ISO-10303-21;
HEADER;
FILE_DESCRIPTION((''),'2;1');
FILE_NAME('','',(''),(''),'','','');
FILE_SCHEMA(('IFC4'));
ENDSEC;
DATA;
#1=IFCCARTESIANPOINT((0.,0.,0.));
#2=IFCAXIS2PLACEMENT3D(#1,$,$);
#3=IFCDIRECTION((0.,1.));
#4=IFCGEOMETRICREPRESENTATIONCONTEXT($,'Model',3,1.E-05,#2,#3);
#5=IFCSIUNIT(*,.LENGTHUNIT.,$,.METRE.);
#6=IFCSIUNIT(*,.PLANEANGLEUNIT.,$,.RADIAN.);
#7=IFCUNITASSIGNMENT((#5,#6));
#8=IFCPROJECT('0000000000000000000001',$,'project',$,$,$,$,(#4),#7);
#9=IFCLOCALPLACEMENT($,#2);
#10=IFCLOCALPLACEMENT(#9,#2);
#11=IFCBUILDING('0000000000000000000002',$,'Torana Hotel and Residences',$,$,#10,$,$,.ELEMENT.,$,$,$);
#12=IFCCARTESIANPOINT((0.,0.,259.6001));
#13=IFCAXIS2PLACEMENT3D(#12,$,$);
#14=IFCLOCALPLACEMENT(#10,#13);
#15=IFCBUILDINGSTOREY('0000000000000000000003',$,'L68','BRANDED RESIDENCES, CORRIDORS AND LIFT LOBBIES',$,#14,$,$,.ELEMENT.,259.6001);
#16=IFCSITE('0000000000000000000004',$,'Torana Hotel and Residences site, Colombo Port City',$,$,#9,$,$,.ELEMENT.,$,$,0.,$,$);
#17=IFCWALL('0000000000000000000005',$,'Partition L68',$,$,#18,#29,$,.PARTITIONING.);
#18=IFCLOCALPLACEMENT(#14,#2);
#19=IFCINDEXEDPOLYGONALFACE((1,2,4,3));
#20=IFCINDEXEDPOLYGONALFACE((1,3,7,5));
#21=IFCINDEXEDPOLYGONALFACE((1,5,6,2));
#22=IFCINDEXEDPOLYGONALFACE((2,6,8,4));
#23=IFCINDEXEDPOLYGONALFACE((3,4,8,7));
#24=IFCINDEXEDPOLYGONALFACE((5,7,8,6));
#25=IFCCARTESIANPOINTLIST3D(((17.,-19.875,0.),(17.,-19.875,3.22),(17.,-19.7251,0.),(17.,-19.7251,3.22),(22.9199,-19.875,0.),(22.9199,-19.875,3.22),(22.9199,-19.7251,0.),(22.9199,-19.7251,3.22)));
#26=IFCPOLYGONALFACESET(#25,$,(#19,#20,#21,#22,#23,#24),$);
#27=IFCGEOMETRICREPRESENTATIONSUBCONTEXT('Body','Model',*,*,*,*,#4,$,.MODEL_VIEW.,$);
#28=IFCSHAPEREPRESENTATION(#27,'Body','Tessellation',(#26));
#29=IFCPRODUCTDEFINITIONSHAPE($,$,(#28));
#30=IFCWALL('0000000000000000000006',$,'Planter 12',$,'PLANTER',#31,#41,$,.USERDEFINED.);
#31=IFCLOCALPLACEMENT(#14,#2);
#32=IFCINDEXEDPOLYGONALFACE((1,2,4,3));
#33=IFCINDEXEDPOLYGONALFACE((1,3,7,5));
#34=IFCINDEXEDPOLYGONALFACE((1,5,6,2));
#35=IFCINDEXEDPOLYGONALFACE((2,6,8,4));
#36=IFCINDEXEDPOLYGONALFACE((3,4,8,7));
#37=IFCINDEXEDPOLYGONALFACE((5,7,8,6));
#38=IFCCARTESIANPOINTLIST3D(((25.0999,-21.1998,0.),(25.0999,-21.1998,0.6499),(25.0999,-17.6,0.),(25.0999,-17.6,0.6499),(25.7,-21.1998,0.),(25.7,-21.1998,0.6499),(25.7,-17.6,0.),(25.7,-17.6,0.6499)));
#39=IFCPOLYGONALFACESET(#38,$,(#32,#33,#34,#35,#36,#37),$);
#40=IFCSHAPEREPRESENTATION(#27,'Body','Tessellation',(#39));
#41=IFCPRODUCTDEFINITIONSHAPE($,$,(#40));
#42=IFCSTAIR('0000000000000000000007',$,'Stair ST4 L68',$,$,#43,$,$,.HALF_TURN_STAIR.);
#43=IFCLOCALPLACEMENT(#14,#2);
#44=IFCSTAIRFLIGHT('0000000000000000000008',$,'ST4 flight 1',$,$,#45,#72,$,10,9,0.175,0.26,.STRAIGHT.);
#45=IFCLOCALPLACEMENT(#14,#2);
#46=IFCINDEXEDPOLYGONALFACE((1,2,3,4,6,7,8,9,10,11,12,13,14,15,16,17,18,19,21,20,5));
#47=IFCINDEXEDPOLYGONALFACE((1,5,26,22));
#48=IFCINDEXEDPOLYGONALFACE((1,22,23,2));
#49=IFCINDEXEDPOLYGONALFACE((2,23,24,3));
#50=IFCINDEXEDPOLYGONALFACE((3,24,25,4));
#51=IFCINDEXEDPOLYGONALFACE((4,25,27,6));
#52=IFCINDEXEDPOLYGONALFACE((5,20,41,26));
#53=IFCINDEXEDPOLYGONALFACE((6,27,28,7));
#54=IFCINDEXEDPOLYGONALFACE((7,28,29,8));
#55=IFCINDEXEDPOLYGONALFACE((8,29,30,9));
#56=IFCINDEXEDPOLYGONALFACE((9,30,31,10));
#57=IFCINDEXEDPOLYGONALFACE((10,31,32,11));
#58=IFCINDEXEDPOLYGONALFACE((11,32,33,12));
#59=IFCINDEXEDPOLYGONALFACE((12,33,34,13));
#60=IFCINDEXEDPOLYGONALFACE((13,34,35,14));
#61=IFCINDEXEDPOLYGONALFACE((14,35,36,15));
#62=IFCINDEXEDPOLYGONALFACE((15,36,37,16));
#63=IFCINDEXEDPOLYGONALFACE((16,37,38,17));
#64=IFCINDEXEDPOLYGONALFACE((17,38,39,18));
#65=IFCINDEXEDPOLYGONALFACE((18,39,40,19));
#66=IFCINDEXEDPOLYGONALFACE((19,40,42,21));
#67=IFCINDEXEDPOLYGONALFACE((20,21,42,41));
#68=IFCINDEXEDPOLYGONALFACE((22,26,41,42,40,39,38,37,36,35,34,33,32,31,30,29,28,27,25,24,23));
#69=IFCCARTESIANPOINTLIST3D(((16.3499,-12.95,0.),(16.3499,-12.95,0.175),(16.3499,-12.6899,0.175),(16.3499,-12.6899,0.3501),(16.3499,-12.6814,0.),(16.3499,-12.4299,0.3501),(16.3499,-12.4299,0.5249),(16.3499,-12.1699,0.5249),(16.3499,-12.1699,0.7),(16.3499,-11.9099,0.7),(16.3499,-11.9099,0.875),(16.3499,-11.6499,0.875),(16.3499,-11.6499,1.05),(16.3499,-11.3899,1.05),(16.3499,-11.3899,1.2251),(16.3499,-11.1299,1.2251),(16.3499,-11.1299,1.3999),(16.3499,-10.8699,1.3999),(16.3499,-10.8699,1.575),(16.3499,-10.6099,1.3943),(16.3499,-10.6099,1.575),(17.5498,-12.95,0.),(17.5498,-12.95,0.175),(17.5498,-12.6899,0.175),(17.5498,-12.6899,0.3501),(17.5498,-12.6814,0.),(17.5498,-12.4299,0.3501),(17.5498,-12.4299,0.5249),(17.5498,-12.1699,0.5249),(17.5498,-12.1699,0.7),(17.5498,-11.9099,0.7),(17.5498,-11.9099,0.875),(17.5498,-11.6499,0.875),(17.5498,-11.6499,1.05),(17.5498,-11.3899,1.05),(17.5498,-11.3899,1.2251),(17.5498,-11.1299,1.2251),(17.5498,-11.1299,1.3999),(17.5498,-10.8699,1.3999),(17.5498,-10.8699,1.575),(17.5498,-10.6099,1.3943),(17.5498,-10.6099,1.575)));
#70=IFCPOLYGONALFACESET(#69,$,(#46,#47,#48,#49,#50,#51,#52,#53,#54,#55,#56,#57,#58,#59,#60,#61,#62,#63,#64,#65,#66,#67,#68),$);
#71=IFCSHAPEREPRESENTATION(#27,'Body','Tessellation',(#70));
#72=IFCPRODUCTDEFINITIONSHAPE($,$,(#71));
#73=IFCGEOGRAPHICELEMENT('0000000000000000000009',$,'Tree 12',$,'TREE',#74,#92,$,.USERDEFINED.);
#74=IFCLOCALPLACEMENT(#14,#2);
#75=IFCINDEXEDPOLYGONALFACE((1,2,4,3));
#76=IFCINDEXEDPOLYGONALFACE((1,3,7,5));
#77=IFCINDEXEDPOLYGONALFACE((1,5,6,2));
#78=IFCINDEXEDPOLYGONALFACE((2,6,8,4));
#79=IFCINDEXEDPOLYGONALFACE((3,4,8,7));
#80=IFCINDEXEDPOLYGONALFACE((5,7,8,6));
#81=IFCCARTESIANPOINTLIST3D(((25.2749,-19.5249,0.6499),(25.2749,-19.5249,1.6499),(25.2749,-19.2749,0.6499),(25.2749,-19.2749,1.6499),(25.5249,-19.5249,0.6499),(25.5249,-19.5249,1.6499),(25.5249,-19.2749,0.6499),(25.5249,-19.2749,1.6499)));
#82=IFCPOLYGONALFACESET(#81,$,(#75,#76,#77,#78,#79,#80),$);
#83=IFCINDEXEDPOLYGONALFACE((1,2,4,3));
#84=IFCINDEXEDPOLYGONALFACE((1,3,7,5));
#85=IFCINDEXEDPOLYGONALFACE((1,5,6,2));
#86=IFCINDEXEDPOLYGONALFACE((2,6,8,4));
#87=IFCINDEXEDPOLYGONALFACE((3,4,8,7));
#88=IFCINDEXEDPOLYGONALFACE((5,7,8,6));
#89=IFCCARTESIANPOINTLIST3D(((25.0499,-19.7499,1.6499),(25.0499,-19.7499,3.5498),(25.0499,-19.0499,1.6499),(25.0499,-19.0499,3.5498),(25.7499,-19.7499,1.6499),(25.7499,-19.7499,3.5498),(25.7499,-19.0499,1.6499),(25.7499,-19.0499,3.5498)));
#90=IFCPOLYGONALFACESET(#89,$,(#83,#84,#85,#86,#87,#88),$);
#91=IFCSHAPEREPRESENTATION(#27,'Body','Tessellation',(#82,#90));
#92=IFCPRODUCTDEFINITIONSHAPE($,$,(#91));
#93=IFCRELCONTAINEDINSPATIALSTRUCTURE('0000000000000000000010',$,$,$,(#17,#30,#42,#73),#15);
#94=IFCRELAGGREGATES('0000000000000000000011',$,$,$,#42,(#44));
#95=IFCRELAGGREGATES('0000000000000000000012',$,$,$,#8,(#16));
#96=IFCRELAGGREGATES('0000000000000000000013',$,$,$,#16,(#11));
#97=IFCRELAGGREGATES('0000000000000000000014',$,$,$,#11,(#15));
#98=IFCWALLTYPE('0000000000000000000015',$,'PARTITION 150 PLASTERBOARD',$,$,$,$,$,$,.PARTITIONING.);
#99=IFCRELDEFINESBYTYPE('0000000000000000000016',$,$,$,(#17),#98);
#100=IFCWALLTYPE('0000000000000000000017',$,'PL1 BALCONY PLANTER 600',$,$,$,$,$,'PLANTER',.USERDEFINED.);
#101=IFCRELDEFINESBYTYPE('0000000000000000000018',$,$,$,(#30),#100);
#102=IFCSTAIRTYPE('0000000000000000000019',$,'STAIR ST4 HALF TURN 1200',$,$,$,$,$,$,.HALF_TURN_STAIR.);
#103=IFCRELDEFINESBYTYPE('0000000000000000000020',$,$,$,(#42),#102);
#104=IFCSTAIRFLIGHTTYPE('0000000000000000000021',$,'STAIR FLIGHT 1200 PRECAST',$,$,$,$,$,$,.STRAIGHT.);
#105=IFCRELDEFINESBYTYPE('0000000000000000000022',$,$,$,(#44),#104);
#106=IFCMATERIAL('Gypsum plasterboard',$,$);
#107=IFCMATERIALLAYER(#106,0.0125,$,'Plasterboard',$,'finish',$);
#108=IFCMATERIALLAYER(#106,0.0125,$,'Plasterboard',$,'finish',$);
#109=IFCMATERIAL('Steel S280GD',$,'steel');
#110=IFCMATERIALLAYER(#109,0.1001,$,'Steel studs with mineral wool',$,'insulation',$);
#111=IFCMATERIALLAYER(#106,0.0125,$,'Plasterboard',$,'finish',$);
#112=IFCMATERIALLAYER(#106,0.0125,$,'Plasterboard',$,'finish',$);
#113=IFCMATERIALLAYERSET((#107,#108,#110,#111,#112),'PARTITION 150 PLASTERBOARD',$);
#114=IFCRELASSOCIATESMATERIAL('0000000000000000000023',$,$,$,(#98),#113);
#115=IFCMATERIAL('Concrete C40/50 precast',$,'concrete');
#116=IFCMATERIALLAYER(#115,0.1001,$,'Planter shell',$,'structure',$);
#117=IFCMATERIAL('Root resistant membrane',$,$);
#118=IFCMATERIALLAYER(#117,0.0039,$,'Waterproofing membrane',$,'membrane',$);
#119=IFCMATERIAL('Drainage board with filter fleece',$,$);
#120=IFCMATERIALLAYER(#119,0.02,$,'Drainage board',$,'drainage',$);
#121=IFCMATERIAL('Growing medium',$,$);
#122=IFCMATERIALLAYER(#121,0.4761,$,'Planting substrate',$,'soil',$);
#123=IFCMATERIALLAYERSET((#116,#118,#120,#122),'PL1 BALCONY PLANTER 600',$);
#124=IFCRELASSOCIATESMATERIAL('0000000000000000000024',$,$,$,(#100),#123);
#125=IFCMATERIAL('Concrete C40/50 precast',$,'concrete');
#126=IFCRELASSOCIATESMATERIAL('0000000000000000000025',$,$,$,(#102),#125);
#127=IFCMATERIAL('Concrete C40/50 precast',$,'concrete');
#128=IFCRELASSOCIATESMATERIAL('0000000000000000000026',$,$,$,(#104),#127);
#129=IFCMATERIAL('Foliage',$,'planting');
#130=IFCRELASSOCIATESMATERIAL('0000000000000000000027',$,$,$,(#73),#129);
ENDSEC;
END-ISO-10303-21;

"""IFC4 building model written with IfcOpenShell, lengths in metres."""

from ifc_helpers import new_model, si_unit, direction, frame, frame_2d, origin, origin_2d, place, context, subcontext, project, spatial, polyline, rectangle, outline, extrude, material, layer, layer_set, type_object, element, aggregate, save


model = new_model("IFC4")

# Units and contexts
model_context = context("Model", 3, precision=1e-05, world=origin(), true_north=direction((0.0, 1.0)))
body_context = subcontext(model_context, "Body", "Model", "MODEL_VIEW")
ifc_project = project(units=[si_unit("LENGTHUNIT", "METRE"), si_unit("PLANEANGLEUNIT", "RADIAN")], contexts=[model_context])

# Site, building, storey
site_placement = place(None, origin())
site = spatial("IfcSite", under=ifc_project, at=site_placement, Name="Torana Hotel and Residences site, Colombo Port City", CompositionType="ELEMENT", RefElevation=0.0)
building_placement = place(site_placement, origin())
building = spatial("IfcBuilding", under=site, at=building_placement, Name="Torana Hotel and Residences", CompositionType="ELEMENT")
storey_placement = place(building_placement, frame((0.0, 0.0, 259.6001)))
storey = spatial("IfcBuildingStorey", under=building, at=storey_placement, Name="L68", Description="BRANDED RESIDENCES, CORRIDORS AND LIFT LOBBIES", CompositionType="ELEMENT", Elevation=259.6001)

# Walls
ifc_material_1 = material(Name="Gypsum plasterboard")
ifc_layer_1 = layer(ifc_material_1, 0.0125, Name="Plasterboard", Category="finish")
ifc_layer_2 = layer(ifc_material_1, 0.0125, Name="Plasterboard", Category="finish")
ifc_material_2 = material(Name="Steel S280GD", Category="steel")
ifc_layer_3 = layer(ifc_material_2, 0.1001, Name="Steel studs with mineral wool", Category="insulation")
ifc_layer_4 = layer(ifc_material_1, 0.0125, Name="Plasterboard", Category="finish")
ifc_layer_5 = layer(ifc_material_1, 0.0125, Name="Plasterboard", Category="finish")
ifc_layer_set_1 = layer_set([ifc_layer_1, ifc_layer_2, ifc_layer_3, ifc_layer_4, ifc_layer_5], Name="PARTITION 150 PLASTERBOARD")
wall_type_1 = type_object("IfcWallType", Name="PARTITION 150 PLASTERBOARD", PredefinedType="PARTITIONING", material=ifc_layer_set_1)
wall_1_placement = place(storey_placement, frame((17.0, -19.8, 0.0), z_axis=(0.0, 0.0, 1.0), x_axis=(1.0, 0.0, 0.0)))
element("IfcWall", 1, at=wall_1_placement, inside=storey, type_object=wall_type_1, Name="Partition L68", PredefinedType="PARTITIONING", context=body_context, shape_type="SweptSolid", body=[
    extrude(rectangle(XDim=5.9199, YDim=0.1499, at=frame_2d((2.96, 0.0))), origin(), (0.0, 0.0, 1.0), 3.22),
])
ifc_material_3 = material(Name="Concrete C40/50 precast", Category="concrete")
ifc_layer_6 = layer(ifc_material_3, 0.1001, Name="Planter shell", Category="structure")
ifc_material_4 = material(Name="Root resistant membrane")
ifc_layer_7 = layer(ifc_material_4, 0.0039, Name="Waterproofing membrane", Category="membrane")
ifc_material_5 = material(Name="Drainage board with filter fleece")
ifc_layer_8 = layer(ifc_material_5, 0.02, Name="Drainage board", Category="drainage")
ifc_material_6 = material(Name="Growing medium")
ifc_layer_9 = layer(ifc_material_6, 0.4761, Name="Planting substrate", Category="soil")
ifc_layer_set_2 = layer_set([ifc_layer_6, ifc_layer_7, ifc_layer_8, ifc_layer_9], Name="PL1 BALCONY PLANTER 600")
wall_type_2 = type_object("IfcWallType", Name="PL1 BALCONY PLANTER 600", ElementType="PLANTER", PredefinedType="USERDEFINED", material=ifc_layer_set_2)
wall_2_placement = place(storey_placement, frame((25.3999, -17.6001, 0.0), z_axis=(0.0, 0.0, 1.0), x_axis=(0.0, -1.0, 0.0)))
element("IfcWall", 2, at=wall_2_placement, inside=storey, type_object=wall_type_2, Name="Planter 12", ObjectType="PLANTER", PredefinedType="USERDEFINED", context=body_context, shape_type="SweptSolid", body=[
    extrude(rectangle(XDim=3.5999, YDim=0.6001, at=frame_2d((1.7998, 0.0))), origin(), (0.0, 0.0, 1.0), 0.6499),
])

# Stair, stair flight
ifc_material_7 = material(Name="Concrete C40/50 precast", Category="concrete")
stair_type = type_object("IfcStairType", Name="STAIR ST4 HALF TURN 1200", PredefinedType="HALF_TURN_STAIR", material=ifc_material_7)
stair_placement = place(storey_placement, origin())
stair = element("IfcStair", 3, at=stair_placement, inside=storey, type_object=stair_type, Name="Stair ST4 L68", PredefinedType="HALF_TURN_STAIR")
ifc_material_8 = material(Name="Concrete C40/50 precast", Category="concrete")
stair_flight_type = type_object("IfcStairFlightType", Name="STAIR FLIGHT 1200 PRECAST", PredefinedType="STRAIGHT", material=ifc_material_8)
stair_flight_placement = place(storey_placement, frame((16.95, -12.95, 0.0), z_axis=(0.0, 0.0, 1.0), x_axis=(0.0, 1.0, 0.0)))
stair_flight = element("IfcStairFlight", 4, at=stair_flight_placement, type_object=stair_flight_type, Name="ST4 flight 1", NumberOfRisers=10, NumberOfTreads=9, PredefinedType="STRAIGHT", RiserHeight=0.175, TreadLength=0.26, context=body_context, shape_type="SweptSolid", body=[
    extrude(outline(polyline([(0.0, 0.0), (0.0, 0.175), (0.26, 0.175), (0.26, 0.3501), (0.52, 0.3501), (0.52, 0.5249), (0.78, 0.5249), (0.78, 0.7), (1.04, 0.7), (1.04, 0.875), (1.3, 0.875), (1.3, 1.05), (1.5601, 1.05), (1.5601, 1.2251), (1.8201, 1.2251), (1.8201, 1.3999), (2.0801, 1.3999), (2.0801, 1.575), (2.3401, 1.575), (2.3401, 1.75), (2.3401, 1.3943), (0.2686, 0.0), (0.0, 0.0)])), frame((0.0, 0.6001, 0.0), z_axis=(0.0, -1.0, 0.0), x_axis=(1.0, 0.0, 0.0)), (0.0, 0.0, 1.0), 1.2),
])
aggregate(stair, [stair_flight])

# Geographic element
ifc_material_9 = material(Name="Foliage", Category="planting")
geographic_element_placement = place(storey_placement, frame((25.3999, -19.3999, 0.6499), z_axis=(0.0, 0.0, 1.0), x_axis=(1.0, 0.0, 0.0)))
element("IfcGeographicElement", 5, at=geographic_element_placement, inside=storey, material=ifc_material_9, Name="Tree 12", ObjectType="TREE", PredefinedType="USERDEFINED", context=body_context, shape_type="SweptSolid", body=[
    extrude(rectangle(XDim=0.25, YDim=0.25, at=origin_2d()), origin(), (0.0, 0.0, 1.0), 1.0),
    extrude(rectangle(XDim=0.7, YDim=0.7, at=origin_2d()), frame((0.0, 0.0, 1.0)), (0.0, 0.0, 1.0), 1.8999),
])

save(model, "model.ifc")
